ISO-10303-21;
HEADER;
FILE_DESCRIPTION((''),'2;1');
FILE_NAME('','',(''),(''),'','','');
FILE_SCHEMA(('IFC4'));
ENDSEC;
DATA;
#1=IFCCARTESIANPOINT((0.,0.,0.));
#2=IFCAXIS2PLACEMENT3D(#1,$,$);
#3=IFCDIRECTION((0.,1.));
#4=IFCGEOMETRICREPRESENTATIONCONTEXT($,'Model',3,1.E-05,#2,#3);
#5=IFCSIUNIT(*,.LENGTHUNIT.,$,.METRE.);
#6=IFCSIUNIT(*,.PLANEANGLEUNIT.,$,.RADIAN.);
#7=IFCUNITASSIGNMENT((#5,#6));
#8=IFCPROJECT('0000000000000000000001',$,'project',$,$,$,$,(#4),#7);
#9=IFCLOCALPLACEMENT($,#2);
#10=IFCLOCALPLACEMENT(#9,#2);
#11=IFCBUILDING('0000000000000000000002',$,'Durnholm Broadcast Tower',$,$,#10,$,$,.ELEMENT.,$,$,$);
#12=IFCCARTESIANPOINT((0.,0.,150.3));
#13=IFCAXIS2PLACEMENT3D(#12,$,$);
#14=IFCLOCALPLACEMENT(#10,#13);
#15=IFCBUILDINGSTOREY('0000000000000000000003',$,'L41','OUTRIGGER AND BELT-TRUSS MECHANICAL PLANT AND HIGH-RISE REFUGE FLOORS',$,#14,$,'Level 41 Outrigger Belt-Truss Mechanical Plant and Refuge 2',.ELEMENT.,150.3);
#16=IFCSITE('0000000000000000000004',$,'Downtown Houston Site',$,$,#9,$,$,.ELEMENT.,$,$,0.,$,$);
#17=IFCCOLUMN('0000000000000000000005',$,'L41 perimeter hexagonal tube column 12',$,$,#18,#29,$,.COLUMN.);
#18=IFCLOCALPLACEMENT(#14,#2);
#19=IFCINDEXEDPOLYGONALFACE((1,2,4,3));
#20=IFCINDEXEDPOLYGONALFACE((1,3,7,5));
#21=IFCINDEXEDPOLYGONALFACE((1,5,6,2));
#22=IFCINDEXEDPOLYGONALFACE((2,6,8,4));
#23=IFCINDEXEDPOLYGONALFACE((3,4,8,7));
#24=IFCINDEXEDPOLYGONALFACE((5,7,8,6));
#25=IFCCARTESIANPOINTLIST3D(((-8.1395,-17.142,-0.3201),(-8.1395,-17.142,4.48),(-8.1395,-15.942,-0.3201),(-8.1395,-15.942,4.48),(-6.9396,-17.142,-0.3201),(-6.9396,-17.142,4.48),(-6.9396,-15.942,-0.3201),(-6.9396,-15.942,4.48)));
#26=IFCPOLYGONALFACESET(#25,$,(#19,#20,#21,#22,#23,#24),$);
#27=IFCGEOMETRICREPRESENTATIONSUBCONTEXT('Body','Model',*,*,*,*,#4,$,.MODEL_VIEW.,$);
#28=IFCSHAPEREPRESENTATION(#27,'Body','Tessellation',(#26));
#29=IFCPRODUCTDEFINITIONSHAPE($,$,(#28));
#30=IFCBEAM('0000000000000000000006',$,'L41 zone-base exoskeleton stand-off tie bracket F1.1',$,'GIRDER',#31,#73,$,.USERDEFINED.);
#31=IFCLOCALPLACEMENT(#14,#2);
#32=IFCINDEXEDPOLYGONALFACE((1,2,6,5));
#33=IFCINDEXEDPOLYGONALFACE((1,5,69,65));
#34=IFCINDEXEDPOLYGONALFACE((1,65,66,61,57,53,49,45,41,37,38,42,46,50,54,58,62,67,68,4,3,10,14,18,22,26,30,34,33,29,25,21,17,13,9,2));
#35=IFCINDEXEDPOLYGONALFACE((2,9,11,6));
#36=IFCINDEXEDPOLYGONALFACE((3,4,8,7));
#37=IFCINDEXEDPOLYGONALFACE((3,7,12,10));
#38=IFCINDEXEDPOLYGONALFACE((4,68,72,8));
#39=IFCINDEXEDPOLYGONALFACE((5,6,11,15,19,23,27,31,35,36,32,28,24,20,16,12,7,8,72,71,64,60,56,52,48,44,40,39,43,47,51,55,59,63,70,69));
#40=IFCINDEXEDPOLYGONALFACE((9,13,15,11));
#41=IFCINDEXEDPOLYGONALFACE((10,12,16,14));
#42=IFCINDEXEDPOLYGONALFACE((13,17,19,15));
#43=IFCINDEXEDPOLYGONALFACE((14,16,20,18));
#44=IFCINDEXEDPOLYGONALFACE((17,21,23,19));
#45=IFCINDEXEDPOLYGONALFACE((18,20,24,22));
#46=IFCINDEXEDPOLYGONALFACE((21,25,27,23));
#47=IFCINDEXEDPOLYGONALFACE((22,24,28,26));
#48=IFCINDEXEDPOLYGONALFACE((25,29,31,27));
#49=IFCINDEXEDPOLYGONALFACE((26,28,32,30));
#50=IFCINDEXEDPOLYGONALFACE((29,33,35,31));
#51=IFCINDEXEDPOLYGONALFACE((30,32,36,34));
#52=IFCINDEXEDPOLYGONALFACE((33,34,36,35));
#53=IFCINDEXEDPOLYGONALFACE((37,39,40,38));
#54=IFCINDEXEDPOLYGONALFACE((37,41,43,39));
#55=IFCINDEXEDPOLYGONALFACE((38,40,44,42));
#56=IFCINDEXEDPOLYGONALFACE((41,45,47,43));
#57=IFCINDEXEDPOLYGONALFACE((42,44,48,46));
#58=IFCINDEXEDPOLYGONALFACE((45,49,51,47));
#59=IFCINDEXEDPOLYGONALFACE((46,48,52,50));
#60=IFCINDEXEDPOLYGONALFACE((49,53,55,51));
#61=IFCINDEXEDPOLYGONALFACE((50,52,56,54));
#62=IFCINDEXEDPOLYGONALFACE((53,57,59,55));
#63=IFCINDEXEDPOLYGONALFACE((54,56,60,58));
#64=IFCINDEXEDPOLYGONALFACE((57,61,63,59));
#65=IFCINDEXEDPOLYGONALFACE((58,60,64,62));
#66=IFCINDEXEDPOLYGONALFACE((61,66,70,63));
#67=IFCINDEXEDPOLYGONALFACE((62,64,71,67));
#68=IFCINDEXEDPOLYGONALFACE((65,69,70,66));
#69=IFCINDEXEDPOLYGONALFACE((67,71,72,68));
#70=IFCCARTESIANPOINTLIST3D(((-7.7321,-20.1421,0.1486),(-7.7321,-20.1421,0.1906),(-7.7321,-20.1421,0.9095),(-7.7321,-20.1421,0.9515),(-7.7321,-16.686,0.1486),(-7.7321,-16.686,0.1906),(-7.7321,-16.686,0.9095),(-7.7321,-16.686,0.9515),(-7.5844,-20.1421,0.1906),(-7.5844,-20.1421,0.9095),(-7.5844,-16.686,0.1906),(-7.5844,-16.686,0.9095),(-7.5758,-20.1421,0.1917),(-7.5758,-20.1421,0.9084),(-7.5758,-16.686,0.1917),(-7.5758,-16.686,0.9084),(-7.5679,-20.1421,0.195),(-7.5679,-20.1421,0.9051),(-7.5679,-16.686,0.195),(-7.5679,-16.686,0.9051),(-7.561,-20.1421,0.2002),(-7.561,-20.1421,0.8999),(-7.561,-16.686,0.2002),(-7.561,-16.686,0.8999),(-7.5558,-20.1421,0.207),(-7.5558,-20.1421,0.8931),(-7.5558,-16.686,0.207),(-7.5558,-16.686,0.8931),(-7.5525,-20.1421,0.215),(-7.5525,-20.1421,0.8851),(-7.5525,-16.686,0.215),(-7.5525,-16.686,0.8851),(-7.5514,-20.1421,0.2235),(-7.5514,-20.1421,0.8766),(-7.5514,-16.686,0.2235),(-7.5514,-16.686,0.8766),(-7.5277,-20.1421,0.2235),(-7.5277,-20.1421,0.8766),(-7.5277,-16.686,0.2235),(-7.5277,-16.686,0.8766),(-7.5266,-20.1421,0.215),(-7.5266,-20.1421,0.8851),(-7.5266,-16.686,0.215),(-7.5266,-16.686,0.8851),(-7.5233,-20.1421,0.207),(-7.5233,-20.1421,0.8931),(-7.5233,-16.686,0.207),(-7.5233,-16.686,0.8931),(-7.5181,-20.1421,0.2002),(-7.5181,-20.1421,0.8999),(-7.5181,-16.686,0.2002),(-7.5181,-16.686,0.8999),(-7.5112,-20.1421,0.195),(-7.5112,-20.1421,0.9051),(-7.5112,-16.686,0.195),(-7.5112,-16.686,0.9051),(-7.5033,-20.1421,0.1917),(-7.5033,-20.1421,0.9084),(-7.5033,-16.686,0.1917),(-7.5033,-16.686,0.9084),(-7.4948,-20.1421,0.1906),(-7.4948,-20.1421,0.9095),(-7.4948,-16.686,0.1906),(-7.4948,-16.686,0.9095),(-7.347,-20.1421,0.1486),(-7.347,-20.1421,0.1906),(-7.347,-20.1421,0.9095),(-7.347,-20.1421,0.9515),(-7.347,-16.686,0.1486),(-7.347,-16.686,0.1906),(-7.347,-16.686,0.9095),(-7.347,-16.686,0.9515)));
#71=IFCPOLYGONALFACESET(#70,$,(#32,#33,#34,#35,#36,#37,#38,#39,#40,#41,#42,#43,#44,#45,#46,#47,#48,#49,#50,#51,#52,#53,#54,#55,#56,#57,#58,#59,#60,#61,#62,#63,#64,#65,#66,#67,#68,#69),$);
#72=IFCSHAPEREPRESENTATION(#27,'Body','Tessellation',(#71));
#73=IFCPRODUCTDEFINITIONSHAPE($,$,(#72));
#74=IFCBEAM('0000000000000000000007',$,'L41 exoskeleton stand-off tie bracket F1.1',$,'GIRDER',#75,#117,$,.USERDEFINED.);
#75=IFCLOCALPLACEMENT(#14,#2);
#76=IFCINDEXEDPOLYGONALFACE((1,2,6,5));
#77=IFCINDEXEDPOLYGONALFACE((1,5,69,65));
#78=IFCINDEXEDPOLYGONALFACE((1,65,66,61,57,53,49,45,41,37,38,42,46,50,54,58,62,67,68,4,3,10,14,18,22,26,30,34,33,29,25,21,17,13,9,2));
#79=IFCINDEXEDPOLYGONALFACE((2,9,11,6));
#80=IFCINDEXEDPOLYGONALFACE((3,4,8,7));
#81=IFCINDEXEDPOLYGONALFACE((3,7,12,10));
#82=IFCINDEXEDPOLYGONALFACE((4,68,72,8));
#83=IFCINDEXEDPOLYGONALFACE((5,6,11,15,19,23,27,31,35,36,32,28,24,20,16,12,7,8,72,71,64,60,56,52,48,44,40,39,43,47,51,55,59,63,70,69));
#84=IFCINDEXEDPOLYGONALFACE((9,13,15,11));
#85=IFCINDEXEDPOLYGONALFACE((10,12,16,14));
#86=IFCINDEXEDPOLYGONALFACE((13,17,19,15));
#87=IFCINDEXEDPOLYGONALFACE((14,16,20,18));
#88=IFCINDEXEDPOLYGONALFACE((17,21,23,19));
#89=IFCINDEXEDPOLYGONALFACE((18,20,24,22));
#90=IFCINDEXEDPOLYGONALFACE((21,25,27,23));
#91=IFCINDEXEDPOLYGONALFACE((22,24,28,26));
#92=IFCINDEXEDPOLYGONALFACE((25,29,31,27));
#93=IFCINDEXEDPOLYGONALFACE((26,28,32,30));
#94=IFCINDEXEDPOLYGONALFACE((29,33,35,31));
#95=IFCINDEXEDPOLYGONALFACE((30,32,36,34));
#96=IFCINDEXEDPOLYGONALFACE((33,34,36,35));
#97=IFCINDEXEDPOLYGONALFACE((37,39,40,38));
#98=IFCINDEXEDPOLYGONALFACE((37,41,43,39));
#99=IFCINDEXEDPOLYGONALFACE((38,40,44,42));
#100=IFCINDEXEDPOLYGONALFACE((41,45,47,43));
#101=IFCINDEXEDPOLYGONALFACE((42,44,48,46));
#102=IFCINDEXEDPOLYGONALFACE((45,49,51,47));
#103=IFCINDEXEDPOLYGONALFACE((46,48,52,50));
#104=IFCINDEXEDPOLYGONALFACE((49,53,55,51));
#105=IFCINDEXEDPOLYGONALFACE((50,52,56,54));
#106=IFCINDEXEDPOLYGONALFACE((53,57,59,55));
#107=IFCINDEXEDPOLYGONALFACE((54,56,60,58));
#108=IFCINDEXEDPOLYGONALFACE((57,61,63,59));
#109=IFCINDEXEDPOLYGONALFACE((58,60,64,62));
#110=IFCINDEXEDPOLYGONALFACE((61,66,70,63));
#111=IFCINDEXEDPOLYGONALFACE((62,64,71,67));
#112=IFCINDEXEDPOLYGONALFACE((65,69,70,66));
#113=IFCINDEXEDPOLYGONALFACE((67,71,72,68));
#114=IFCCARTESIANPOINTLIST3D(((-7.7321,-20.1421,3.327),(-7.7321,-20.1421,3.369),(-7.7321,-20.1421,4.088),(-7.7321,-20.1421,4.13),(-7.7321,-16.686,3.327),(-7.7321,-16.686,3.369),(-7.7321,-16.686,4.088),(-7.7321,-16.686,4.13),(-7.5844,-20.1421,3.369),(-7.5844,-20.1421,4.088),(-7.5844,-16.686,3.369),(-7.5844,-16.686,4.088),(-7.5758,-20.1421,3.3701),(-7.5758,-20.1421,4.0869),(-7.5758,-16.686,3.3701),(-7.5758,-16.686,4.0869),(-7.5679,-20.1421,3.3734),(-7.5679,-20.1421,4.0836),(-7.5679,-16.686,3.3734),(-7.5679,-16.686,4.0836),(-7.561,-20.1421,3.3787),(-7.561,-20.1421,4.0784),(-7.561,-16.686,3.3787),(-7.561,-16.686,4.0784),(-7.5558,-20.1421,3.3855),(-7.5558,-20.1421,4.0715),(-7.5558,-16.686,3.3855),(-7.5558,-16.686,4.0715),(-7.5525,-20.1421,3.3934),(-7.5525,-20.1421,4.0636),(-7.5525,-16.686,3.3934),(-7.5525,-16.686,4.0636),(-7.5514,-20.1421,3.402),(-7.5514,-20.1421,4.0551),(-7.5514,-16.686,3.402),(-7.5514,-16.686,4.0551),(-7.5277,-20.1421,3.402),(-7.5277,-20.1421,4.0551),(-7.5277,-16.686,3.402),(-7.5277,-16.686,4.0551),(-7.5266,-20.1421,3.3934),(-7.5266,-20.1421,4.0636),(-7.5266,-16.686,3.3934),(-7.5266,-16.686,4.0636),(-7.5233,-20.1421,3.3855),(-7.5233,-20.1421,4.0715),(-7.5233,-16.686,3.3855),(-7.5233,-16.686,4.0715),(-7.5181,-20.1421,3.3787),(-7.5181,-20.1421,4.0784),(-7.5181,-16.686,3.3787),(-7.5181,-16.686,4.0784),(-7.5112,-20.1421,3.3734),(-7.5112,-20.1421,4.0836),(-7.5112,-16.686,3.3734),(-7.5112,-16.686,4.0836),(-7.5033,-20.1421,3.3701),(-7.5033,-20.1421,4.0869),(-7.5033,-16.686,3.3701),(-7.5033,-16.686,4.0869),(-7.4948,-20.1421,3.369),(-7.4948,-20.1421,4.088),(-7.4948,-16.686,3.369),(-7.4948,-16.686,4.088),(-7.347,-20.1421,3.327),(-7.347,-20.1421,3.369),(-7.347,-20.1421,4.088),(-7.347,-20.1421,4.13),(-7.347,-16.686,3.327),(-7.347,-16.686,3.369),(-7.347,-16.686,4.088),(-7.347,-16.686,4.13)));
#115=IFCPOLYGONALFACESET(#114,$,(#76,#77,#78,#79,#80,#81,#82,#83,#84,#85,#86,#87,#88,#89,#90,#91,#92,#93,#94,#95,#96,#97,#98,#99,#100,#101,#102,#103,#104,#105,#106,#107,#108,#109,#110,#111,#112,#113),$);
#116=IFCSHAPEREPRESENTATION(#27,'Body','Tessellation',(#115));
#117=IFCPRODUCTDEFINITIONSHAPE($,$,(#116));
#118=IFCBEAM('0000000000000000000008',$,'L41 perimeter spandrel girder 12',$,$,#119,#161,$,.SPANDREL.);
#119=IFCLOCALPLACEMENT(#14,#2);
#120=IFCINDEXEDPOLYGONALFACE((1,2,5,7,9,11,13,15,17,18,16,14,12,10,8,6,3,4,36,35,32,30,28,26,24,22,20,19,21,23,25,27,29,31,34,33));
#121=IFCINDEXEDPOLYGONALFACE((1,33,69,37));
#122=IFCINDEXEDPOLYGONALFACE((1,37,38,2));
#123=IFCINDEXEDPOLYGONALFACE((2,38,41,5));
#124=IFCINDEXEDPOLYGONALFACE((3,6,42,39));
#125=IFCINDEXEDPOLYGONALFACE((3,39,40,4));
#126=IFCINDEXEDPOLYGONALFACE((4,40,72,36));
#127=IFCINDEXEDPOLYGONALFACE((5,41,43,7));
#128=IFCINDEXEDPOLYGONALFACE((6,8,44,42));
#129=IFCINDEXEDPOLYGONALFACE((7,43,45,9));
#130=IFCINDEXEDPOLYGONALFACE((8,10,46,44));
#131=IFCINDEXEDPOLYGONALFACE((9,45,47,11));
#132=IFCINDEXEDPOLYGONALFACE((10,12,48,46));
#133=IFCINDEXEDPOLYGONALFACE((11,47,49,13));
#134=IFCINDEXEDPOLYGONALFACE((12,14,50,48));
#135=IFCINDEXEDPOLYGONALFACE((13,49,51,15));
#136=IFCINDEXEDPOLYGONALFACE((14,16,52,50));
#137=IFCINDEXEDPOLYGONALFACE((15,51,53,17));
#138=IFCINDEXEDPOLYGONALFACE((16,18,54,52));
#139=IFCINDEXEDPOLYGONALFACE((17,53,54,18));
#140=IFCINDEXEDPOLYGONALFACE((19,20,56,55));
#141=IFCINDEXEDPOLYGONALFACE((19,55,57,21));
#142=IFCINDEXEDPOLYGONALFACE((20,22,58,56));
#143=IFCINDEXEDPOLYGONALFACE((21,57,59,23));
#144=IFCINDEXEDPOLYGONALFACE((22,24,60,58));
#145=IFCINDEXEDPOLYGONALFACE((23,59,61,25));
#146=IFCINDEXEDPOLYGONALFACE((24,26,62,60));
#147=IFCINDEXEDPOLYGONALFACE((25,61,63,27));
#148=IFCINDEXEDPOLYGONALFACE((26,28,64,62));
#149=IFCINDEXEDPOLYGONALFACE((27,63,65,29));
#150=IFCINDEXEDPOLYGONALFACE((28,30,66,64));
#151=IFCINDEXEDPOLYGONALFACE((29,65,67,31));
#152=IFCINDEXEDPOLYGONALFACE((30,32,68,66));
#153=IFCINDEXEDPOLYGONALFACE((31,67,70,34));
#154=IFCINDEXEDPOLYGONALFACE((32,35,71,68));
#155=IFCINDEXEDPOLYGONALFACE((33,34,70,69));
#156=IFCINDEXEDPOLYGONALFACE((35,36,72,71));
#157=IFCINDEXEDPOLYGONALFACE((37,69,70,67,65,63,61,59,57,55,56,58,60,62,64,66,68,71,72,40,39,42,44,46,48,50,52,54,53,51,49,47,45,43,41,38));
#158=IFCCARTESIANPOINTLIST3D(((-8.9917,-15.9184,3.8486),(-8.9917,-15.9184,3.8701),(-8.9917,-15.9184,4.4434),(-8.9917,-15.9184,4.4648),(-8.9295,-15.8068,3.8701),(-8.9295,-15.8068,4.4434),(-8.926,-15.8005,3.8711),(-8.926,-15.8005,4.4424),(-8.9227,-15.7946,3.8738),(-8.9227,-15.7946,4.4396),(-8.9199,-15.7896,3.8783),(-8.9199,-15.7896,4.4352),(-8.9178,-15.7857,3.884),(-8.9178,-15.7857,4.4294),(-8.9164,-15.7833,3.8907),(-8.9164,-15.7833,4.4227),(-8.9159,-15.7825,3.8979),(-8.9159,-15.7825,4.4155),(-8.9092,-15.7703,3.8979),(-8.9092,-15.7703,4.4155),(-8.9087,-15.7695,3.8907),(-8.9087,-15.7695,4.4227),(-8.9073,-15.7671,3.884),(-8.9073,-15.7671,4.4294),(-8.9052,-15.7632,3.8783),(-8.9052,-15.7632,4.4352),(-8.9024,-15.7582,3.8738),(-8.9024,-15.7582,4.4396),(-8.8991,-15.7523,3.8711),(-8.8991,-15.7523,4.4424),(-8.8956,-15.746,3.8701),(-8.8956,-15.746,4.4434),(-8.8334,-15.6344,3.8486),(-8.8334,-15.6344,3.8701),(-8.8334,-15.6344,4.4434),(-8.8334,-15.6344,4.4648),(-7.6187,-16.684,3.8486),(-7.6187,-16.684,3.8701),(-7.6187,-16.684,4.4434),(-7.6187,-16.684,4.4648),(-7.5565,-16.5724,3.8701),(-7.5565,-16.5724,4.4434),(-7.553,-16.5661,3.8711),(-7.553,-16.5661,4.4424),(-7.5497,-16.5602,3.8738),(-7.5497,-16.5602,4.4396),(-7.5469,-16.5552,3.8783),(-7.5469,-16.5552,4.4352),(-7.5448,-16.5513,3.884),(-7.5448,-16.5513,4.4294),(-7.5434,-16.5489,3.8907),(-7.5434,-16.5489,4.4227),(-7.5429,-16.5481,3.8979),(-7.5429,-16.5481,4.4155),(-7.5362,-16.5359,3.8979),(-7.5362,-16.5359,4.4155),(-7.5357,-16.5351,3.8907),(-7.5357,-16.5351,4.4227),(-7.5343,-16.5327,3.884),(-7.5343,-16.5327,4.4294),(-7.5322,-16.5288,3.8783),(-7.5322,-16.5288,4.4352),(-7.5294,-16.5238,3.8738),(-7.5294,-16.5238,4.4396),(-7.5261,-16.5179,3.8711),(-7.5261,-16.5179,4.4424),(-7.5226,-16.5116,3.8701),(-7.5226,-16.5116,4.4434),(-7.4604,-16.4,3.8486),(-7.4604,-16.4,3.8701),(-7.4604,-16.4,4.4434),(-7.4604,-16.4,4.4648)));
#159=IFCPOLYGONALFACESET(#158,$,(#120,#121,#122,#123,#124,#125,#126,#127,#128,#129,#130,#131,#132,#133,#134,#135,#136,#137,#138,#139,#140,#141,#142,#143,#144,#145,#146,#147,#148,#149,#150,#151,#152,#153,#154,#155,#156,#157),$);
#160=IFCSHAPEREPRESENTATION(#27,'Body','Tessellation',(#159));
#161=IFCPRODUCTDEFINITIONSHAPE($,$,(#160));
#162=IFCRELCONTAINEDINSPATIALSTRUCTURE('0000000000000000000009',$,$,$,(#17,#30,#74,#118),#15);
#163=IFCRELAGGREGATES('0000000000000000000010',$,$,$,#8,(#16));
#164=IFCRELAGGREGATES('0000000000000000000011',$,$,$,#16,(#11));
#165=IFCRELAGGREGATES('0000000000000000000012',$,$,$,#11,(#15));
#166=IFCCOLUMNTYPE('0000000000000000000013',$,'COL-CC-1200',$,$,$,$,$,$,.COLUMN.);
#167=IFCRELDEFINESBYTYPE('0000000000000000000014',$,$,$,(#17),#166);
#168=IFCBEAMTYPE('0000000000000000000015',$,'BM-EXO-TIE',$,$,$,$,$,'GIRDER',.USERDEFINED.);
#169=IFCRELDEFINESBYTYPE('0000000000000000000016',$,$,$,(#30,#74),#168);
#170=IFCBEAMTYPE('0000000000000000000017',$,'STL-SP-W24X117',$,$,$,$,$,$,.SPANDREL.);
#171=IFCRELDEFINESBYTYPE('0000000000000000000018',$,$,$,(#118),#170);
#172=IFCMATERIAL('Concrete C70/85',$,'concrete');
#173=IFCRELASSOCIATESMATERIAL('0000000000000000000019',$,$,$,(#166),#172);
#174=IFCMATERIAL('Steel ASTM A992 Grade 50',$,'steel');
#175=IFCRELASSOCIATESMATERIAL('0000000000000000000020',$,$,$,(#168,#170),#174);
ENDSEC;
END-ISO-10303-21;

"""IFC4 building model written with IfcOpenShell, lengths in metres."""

from ifc_helpers import new_model, si_unit, direction, frame, origin, origin_2d, place, context, subcontext, project, spatial, rectangle, i_section, extrude, source, transform, mapped, material, material_profile, profile_set, type_object, type_shapes, element, save


model = new_model("IFC4")

# Units and contexts
model_context = context("Model", 3, precision=1e-05, world=origin(), true_north=direction((0.0, 1.0)))
body_context = subcontext(model_context, "Body", "Model", "MODEL_VIEW")
ifc_project = project(units=[si_unit("LENGTHUNIT", "METRE"), si_unit("PLANEANGLEUNIT", "RADIAN")], contexts=[model_context])

# Site, building, storey
site_placement = place(None, origin())
site = spatial("IfcSite", under=ifc_project, at=site_placement, Name="Downtown Houston Site", CompositionType="ELEMENT", RefElevation=0.0)
building_placement = place(site_placement, origin())
building = spatial("IfcBuilding", under=site, at=building_placement, Name="Durnholm Broadcast Tower", CompositionType="ELEMENT")
storey_placement = place(building_placement, frame((0.0, 0.0, 150.3)))
storey = spatial("IfcBuildingStorey", under=building, at=storey_placement, Name="L41", Description="OUTRIGGER AND BELT-TRUSS MECHANICAL PLANT AND HIGH-RISE REFUGE FLOORS", LongName="Level 41 Outrigger Belt-Truss Mechanical Plant and Refuge 2", CompositionType="ELEMENT", Elevation=150.3)

# Column
ifc_material_1 = material(Name="Concrete C70/85", Category="concrete")
ifc_material_profile_1 = material_profile(ifc_material_1, rectangle(XDim=1.2, YDim=1.2, at=origin_2d()), Name="RC1200X1200")
ifc_profile_set_1 = profile_set([ifc_material_profile_1], Name="Concrete C70/85")
column_type = type_object("IfcColumnType", Name="COL-CC-1200", PredefinedType="COLUMN", material=ifc_profile_set_1)
shared_shape_1 = source(origin(), body_context, "Body", "SweptSolid", [
    extrude(rectangle(XDim=1.2, YDim=1.2, at=origin_2d()), origin(), (0.0, 0.0, 1.0), 4.8),
])
type_shapes(column_type, [shared_shape_1])
column_placement = place(storey_placement, frame((-7.5396, -16.542, -0.3201), z_axis=(0.0, 0.0, 1.0), x_axis=(1.0, 0.0, 0.0)))
element("IfcColumn", 1, at=column_placement, inside=storey, type_object=column_type, Name="L41 perimeter hexagonal tube column 12", PredefinedType="COLUMN", context=body_context, shape_type="MappedRepresentation", body=[
    mapped(shared_shape_1, transform((0.0, 0.0, 0.0), x_axis=(1.0, 0.0, 0.0), y_axis=(0.0, 1.0, 0.0), z_axis=(0.0, 0.0, 1.0), scale=1.0)),
])

# Beams
ifc_material_2 = material(Name="Steel ASTM A992 Grade 50", Category="steel")
ifc_material_profile_2 = material_profile(ifc_material_2, i_section(OverallWidth=0.385, OverallDepth=0.803, WebThickness=0.0237, FlangeThickness=0.042, FilletRadius=0.033, at=origin_2d()), Name="W30X261")
ifc_profile_set_2 = profile_set([ifc_material_profile_2], Name="Steel ASTM A992 Grade 50")
beam_type_1 = type_object("IfcBeamType", Name="BM-EXO-TIE", ElementType="GIRDER", PredefinedType="USERDEFINED", material=ifc_profile_set_2)
shared_shape_2 = source(origin(), body_context, "Body", "SweptSolid", [
    extrude(i_section(OverallWidth=0.385, OverallDepth=0.803, WebThickness=0.0237, FlangeThickness=0.042, FilletRadius=0.033, at=origin_2d()), origin(), (0.0, 0.0, 1.0), 3.4561),
])
for number, where, z_axis, x_axis, name in (
    (2, (-7.5396, -16.686, 0.55), (0.0, -1.0, 0.0), (1.0, 0.0, 0.0), "L41 zone-base exoskeleton stand-off tie bracket F1.1"),
    (3, (-7.5396, -16.686, 3.7285), (0.0, -1.0, 0.0), (1.0, 0.0, 0.0), "L41 exoskeleton stand-off tie bracket F1.1"),
):
    element("IfcBeam", number, at=place(storey_placement, frame(where, z_axis=z_axis, x_axis=x_axis)), inside=storey, type_object=beam_type_1, Name=name, ObjectType="GIRDER", PredefinedType="USERDEFINED", context=body_context, shape_type="MappedRepresentation", body=[
        mapped(shared_shape_2, transform((0.0, 0.0, 0.0), x_axis=(1.0, 0.0, 0.0), y_axis=(0.0, 1.0, 0.0), z_axis=(0.0, 0.0, 1.0), scale=1.0)),
    ])
ifc_material_profile_3 = material_profile(ifc_material_2, i_section(OverallWidth=0.3252, OverallDepth=0.6162, WebThickness=0.0139, FlangeThickness=0.0215, FilletRadius=0.0278, at=origin_2d()), Name="W24X117")
ifc_profile_set_3 = profile_set([ifc_material_profile_3], Name="Steel ASTM A992 Grade 50")
beam_type_2 = type_object("IfcBeamType", Name="STL-SP-W24X117", PredefinedType="SPANDREL", material=ifc_profile_set_3)
shared_shape_3 = source(origin(), body_context, "Body", "SweptSolid", [
    extrude(i_section(OverallWidth=0.3252, OverallDepth=0.6162, WebThickness=0.0139, FlangeThickness=0.0215, FilletRadius=0.0278, at=origin_2d()), origin(), (0.0, 0.0, 1.0), 1.572),
])
type_shapes(beam_type_2, [shared_shape_3])
beam_1_placement = place(storey_placement, frame((-7.5396, -16.542, 4.1567), z_axis=(-0.873394, 0.487014, 0.0), x_axis=(-0.487014, -0.873394, 0.0)))
element("IfcBeam", 4, at=beam_1_placement, inside=storey, type_object=beam_type_2, Name="L41 perimeter spandrel girder 12", PredefinedType="SPANDREL", context=body_context, shape_type="MappedRepresentation", body=[
    mapped(shared_shape_3, transform((0.0, 0.0, 0.0), x_axis=(1.0, 0.0, 0.0), y_axis=(0.0, 1.0, 0.0), z_axis=(0.0, 0.0, 1.0), scale=1.0)),
])

save(model, "model.ifc")
